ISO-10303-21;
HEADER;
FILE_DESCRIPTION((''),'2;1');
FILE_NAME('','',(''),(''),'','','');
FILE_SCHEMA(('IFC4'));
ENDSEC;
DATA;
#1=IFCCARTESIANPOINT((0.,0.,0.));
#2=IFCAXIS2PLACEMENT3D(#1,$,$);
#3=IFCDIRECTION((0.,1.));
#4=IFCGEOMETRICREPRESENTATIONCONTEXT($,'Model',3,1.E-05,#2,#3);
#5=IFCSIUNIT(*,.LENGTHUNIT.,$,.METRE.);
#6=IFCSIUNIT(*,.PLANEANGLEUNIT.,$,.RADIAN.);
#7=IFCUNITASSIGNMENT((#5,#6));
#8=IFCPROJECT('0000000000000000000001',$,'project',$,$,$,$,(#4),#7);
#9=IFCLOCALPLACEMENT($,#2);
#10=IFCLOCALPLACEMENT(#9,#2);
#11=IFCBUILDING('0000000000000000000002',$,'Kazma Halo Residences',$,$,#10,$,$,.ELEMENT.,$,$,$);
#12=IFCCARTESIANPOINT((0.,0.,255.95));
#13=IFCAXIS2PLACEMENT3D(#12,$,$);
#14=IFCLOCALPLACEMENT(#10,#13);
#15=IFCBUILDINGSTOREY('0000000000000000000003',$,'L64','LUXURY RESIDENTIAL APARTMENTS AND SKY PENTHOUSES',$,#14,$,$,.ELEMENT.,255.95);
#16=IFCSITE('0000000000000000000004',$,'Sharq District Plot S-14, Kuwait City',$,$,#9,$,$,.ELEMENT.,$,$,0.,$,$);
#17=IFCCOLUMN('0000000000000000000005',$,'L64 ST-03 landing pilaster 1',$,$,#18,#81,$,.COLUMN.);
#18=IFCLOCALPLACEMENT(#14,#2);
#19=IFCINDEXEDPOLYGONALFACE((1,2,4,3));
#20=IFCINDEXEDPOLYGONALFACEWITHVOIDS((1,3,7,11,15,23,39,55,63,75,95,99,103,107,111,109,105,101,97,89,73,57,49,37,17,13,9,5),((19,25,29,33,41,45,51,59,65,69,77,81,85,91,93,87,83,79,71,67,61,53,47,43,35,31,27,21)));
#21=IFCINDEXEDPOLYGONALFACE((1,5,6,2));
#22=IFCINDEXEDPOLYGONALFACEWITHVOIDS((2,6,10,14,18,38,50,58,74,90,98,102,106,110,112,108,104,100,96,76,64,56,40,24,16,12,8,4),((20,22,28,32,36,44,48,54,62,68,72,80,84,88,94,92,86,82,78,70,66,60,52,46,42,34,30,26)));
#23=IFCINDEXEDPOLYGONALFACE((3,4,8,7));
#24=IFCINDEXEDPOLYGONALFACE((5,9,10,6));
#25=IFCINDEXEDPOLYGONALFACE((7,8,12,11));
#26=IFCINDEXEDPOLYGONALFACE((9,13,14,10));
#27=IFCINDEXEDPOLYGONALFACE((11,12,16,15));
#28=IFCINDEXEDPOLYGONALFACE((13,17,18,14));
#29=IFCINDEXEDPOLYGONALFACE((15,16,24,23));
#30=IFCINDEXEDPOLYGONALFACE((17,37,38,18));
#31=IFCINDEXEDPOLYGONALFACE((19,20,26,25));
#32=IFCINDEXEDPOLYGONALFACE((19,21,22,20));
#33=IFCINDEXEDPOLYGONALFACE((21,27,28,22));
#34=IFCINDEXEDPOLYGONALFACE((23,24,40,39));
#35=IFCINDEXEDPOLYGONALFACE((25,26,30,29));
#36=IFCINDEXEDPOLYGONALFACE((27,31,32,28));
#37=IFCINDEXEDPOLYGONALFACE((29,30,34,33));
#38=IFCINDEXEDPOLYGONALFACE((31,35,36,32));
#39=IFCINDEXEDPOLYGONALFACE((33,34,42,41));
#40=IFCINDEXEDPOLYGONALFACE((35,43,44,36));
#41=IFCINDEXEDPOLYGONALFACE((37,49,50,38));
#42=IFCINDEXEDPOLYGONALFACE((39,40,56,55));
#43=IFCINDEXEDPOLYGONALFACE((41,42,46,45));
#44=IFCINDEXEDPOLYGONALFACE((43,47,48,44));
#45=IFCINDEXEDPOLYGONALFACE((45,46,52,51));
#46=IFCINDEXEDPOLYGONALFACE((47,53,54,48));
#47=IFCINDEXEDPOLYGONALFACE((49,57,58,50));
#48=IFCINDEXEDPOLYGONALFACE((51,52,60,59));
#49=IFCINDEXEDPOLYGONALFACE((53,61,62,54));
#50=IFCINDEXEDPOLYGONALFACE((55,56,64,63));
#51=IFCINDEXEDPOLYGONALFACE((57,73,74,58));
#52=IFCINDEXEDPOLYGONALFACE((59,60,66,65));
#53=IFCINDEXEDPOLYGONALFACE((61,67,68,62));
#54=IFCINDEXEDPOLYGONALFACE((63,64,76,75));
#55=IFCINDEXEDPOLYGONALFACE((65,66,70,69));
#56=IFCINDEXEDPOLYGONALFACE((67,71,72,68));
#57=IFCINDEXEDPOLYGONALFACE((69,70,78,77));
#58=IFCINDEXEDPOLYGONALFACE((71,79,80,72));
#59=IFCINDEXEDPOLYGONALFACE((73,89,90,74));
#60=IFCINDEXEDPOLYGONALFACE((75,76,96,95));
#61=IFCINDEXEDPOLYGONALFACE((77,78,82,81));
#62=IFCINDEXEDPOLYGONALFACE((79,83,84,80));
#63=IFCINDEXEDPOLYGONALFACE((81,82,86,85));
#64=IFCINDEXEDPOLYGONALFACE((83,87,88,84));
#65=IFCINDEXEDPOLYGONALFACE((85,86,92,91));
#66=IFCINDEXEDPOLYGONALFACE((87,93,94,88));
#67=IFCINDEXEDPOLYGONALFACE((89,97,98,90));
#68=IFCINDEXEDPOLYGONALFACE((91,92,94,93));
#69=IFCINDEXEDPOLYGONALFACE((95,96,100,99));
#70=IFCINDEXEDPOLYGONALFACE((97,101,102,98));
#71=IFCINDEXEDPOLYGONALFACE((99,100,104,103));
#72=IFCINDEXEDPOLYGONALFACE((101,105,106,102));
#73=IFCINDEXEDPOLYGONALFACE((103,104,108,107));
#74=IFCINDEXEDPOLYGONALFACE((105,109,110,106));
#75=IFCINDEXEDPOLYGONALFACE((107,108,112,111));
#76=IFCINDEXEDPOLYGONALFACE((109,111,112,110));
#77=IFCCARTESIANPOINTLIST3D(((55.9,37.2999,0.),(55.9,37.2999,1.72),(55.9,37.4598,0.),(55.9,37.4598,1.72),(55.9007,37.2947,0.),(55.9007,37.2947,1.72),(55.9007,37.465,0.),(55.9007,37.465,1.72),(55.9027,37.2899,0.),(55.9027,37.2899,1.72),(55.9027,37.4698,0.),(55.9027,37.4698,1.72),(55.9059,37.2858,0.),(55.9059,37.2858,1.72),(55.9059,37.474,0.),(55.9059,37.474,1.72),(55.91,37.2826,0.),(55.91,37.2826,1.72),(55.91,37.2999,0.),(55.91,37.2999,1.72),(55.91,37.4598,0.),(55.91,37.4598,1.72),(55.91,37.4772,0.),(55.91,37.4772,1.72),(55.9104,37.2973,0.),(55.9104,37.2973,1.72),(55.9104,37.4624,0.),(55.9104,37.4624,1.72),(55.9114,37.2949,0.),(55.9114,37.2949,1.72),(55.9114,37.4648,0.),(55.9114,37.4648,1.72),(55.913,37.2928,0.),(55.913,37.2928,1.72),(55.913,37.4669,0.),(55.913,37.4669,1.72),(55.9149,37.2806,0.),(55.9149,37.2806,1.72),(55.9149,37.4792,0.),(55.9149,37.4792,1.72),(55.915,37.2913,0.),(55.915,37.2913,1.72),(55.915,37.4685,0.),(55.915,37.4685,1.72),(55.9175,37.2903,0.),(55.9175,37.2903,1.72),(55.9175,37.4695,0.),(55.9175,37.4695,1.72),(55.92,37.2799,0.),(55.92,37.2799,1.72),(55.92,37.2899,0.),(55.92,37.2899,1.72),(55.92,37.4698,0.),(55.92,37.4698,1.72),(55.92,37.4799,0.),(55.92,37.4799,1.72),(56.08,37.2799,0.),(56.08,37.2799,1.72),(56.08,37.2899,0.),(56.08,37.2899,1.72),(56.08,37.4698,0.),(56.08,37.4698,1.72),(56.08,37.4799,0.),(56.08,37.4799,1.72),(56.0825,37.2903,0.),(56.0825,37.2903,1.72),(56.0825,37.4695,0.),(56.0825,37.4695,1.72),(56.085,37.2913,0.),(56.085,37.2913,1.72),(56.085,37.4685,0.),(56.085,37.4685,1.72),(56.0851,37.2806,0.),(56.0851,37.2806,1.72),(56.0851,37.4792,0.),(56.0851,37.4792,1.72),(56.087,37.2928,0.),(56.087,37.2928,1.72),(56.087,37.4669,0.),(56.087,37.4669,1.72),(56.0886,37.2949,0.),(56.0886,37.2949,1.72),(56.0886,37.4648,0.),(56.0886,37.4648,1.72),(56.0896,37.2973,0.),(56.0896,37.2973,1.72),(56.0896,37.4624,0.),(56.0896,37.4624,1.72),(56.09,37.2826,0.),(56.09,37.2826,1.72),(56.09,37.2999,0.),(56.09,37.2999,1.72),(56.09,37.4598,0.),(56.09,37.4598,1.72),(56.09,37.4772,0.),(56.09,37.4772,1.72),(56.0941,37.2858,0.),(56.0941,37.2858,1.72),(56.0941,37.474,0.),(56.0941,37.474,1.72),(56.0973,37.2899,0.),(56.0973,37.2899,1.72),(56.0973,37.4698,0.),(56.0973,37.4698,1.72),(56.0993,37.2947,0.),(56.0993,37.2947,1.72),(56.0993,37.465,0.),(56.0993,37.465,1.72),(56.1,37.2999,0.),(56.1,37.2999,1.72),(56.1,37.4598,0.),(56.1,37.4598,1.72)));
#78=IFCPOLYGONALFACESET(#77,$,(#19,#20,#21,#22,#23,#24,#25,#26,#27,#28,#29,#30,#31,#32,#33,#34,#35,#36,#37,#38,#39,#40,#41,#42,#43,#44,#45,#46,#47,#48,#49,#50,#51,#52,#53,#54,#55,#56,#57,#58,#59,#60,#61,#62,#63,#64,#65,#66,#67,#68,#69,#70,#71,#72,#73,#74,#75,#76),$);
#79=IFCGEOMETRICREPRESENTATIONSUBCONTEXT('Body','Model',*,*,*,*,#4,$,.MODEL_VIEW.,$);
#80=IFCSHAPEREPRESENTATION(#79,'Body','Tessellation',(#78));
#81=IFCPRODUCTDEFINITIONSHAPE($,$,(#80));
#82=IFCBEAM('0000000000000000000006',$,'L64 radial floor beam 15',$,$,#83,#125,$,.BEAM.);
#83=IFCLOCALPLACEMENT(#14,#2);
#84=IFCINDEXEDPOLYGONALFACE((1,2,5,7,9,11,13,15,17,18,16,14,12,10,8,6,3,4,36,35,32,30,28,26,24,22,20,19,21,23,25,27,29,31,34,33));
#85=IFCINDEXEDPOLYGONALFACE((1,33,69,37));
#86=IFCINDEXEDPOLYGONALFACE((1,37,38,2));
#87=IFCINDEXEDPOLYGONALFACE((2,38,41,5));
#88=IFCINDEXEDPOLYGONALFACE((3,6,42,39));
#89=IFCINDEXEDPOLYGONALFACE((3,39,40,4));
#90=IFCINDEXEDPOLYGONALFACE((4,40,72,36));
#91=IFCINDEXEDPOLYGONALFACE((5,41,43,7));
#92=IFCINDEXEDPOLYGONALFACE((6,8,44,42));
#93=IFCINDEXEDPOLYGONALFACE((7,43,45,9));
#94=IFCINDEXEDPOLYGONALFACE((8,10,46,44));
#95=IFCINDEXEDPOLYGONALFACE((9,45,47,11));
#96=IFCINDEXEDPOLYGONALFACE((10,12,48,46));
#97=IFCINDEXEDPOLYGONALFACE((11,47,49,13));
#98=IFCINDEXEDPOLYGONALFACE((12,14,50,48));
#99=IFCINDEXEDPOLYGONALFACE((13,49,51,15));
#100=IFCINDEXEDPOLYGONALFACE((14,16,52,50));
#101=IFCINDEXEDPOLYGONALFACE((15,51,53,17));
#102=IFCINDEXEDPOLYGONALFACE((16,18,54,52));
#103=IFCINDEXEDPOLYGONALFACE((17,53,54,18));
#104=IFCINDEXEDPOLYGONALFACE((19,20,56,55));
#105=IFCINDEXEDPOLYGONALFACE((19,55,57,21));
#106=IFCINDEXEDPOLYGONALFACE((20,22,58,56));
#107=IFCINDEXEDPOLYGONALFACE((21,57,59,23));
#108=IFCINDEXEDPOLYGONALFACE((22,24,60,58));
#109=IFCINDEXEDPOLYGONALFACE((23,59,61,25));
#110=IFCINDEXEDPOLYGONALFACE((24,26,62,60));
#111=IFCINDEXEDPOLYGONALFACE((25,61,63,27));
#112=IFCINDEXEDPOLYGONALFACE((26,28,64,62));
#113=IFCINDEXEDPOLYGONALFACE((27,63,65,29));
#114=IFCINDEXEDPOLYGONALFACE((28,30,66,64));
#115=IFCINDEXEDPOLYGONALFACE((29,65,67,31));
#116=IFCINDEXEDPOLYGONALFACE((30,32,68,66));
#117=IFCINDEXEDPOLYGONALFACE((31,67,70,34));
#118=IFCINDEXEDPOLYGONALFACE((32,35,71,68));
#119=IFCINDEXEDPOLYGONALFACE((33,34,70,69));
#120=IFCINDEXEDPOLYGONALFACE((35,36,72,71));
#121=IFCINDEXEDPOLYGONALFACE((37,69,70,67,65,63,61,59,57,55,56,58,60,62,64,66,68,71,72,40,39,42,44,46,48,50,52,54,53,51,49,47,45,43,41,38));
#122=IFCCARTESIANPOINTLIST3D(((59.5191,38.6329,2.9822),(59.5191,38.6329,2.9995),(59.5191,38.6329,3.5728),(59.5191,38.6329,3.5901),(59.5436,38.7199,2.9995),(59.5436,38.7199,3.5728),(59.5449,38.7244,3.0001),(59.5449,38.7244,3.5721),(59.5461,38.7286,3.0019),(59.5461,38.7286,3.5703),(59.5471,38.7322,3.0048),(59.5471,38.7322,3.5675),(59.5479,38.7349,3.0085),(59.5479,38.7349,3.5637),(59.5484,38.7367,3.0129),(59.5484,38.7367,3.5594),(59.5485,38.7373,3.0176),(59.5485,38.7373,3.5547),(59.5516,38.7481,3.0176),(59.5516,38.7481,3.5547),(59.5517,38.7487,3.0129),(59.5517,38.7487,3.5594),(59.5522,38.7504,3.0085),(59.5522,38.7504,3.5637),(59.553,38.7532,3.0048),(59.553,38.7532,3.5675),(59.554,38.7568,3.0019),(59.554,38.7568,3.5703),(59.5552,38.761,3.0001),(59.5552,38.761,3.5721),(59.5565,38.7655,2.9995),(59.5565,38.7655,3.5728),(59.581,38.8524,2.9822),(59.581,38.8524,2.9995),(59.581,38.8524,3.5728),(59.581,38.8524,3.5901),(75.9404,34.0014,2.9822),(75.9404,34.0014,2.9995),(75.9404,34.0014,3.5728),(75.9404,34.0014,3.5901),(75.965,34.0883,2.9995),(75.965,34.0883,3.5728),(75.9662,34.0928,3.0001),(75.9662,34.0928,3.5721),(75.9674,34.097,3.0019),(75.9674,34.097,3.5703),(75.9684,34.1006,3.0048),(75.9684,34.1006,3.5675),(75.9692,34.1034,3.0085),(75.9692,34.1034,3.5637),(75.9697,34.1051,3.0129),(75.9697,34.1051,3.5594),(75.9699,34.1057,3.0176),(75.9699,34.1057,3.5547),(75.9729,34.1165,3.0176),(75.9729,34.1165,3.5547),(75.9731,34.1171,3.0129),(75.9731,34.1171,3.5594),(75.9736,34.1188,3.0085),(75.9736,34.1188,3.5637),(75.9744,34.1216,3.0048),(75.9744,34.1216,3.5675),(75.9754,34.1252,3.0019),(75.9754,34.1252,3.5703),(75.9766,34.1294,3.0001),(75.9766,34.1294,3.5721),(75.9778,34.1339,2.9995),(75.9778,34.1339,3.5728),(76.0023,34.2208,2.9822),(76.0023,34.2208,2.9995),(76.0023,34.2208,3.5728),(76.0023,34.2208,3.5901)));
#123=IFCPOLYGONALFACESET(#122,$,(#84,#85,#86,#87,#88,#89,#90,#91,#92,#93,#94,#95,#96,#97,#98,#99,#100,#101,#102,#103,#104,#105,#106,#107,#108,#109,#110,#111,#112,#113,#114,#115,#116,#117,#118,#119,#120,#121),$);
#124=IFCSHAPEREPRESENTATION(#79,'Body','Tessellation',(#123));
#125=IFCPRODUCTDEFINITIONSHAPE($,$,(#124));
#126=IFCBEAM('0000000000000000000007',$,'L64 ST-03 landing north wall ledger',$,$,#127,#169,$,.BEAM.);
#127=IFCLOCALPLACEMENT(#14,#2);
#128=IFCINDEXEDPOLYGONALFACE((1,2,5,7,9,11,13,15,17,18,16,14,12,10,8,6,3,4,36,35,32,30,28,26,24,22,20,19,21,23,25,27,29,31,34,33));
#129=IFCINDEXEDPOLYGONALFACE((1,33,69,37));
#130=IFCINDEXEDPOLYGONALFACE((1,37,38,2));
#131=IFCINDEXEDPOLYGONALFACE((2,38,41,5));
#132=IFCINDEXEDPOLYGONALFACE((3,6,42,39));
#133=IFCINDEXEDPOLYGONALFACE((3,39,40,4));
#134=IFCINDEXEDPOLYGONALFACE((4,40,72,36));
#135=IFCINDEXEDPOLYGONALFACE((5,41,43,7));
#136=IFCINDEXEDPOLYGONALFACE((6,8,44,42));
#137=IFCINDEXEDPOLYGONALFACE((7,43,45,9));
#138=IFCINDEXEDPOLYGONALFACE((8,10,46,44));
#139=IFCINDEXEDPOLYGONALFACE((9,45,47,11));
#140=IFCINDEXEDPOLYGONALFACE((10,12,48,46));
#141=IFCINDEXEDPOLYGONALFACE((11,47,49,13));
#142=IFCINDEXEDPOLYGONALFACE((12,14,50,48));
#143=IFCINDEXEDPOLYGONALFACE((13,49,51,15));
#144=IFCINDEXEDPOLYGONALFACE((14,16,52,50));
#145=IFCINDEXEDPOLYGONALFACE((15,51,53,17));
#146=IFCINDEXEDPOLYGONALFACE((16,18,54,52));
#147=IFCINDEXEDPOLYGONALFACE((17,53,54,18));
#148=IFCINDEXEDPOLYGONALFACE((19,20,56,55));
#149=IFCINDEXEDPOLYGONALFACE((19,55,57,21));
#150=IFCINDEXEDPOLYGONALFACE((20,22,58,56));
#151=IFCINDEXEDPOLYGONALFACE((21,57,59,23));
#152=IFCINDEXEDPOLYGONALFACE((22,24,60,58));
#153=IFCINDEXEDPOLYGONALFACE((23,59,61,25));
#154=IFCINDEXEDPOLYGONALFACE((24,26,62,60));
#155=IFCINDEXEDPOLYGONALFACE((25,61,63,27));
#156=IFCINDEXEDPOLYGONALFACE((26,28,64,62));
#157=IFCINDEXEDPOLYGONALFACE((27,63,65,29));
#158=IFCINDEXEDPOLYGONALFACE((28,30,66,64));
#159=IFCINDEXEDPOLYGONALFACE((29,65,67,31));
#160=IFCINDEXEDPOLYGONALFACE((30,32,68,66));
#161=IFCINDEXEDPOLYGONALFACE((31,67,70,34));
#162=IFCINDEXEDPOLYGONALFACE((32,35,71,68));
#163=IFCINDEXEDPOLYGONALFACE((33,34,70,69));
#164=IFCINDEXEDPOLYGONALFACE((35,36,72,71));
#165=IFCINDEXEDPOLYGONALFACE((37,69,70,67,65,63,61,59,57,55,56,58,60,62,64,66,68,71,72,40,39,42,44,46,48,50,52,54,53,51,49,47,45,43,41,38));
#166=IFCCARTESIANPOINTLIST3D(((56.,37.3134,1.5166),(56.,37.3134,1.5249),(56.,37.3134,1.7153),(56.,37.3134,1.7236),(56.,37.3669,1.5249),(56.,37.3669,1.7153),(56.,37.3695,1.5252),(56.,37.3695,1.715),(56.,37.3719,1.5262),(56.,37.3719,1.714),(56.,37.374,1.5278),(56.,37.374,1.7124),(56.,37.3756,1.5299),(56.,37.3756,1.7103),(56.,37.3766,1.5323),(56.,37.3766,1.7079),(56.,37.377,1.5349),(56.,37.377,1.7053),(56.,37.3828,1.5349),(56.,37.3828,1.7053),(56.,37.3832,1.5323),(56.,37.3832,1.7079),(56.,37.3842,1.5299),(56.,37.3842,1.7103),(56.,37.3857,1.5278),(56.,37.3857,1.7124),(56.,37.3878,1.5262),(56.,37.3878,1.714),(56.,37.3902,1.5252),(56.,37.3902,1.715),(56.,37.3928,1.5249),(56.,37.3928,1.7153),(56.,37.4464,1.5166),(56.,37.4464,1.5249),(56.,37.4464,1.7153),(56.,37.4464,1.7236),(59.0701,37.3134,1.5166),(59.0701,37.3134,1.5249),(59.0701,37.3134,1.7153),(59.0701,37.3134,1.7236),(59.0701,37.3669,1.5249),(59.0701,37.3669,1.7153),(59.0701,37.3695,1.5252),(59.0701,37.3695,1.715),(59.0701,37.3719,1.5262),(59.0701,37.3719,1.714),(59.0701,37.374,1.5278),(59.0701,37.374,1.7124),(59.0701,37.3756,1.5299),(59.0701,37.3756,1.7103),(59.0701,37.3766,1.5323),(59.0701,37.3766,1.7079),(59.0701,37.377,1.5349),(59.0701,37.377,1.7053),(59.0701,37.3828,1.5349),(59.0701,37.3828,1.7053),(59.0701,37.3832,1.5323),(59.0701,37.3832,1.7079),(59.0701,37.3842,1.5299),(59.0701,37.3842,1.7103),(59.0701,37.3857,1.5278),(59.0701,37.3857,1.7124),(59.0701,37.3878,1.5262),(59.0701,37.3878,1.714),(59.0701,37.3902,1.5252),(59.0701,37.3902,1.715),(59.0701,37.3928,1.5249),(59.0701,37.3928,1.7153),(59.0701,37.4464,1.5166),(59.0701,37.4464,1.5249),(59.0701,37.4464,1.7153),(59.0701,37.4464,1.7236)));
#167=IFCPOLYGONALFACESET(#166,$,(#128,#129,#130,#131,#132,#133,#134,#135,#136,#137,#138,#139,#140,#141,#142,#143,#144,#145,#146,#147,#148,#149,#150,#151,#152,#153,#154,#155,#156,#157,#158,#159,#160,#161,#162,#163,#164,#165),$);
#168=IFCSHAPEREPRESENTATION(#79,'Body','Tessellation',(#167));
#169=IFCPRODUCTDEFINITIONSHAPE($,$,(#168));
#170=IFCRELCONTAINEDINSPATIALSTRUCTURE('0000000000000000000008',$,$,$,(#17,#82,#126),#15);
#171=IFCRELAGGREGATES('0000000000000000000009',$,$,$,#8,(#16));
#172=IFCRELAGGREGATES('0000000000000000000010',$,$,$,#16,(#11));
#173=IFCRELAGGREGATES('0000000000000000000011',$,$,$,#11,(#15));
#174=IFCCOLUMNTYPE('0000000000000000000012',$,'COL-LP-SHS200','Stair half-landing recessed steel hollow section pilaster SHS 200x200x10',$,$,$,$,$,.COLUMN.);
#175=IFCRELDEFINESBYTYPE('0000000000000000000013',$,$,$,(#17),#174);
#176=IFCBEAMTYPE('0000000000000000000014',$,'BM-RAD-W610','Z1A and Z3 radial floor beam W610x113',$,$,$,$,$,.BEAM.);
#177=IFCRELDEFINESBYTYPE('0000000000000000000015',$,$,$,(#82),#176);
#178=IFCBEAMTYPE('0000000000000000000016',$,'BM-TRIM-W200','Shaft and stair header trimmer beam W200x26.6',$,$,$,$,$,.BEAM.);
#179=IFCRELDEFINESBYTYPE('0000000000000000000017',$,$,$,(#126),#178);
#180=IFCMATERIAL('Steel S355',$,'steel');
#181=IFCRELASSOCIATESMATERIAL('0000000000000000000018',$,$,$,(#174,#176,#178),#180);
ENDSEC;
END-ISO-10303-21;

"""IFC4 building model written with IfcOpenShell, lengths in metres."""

from ifc_helpers import new_model, si_unit, direction, frame, origin, origin_2d, place, context, subcontext, project, spatial, hollow_rectangle, i_section, extrude, material, material_profile, profile_set, type_object, element, save


model = new_model("IFC4")

# Units and contexts
model_context = context("Model", 3, precision=1e-05, world=origin(), true_north=direction((0.0, 1.0)))
body_context = subcontext(model_context, "Body", "Model", "MODEL_VIEW")
ifc_project = project(units=[si_unit("LENGTHUNIT", "METRE"), si_unit("PLANEANGLEUNIT", "RADIAN")], contexts=[model_context])

# Site, building, storey
site_placement = place(None, origin())
site = spatial("IfcSite", under=ifc_project, at=site_placement, Name="Sharq District Plot S-14, Kuwait City", CompositionType="ELEMENT", RefElevation=0.0)
building_placement = place(site_placement, origin())
building = spatial("IfcBuilding", under=site, at=building_placement, Name="Kazma Halo Residences", CompositionType="ELEMENT")
storey_placement = place(building_placement, frame((0.0, 0.0, 255.95)))
storey = spatial("IfcBuildingStorey", under=building, at=storey_placement, Name="L64", Description="LUXURY RESIDENTIAL APARTMENTS AND SKY PENTHOUSES", CompositionType="ELEMENT", Elevation=255.95)

# Column
ifc_material_1 = material(Name="Steel S355", Category="steel")
ifc_material_profile_1 = material_profile(ifc_material_1, hollow_rectangle(XDim=0.2, YDim=0.2, WallThickness=0.01, InnerFilletRadius=0.01, OuterFilletRadius=0.02, at=origin_2d()), Name="SHS200x200x10")
ifc_profile_set_1 = profile_set([ifc_material_profile_1], Name="Steel S355")
column_type = type_object("IfcColumnType", Name="COL-LP-SHS200", Description="Stair half-landing recessed steel hollow section pilaster SHS 200x200x10", PredefinedType="COLUMN", material=ifc_profile_set_1)
column_placement = place(storey_placement, frame((56.0, 37.3799, 0.0), z_axis=(0.0, 0.0, 1.0), x_axis=(1.0, 0.0, 0.0)))
element("IfcColumn", 1, at=column_placement, inside=storey, type_object=column_type, Name="L64 ST-03 landing pilaster 1", PredefinedType="COLUMN", context=body_context, shape_type="SweptSolid", body=[
    extrude(hollow_rectangle(XDim=0.2, YDim=0.2, WallThickness=0.01, InnerFilletRadius=0.01, OuterFilletRadius=0.02, at=origin_2d()), origin(), (0.0, 0.0, 1.0), 1.72),
])

# Beams
ifc_material_profile_2 = material_profile(ifc_material_1, i_section(OverallWidth=0.228, OverallDepth=0.6079, WebThickness=0.0112, FlangeThickness=0.0173, FilletRadius=0.0181, at=origin_2d()), Name="W610x113")
ifc_profile_set_2 = profile_set([ifc_material_profile_2], Name="Steel S355")
beam_type_1 = type_object("IfcBeamType", Name="BM-RAD-W610", Description="Z1A and Z3 radial floor beam W610x113", PredefinedType="BEAM", material=ifc_profile_set_2)
beam_1_placement = place(storey_placement, frame((59.55, 38.7427, 3.2861), z_axis=(0.962451, -0.271456, 0.0), x_axis=(0.271456, 0.962451, 0.0)))
element("IfcBeam", 2, at=beam_1_placement, inside=storey, type_object=beam_type_1, Name="L64 radial floor beam 15", PredefinedType="BEAM", context=body_context, shape_type="SweptSolid", body=[
    extrude(i_section(OverallWidth=0.228, OverallDepth=0.6079, WebThickness=0.0112, FlangeThickness=0.0173, FilletRadius=0.0181, at=origin_2d()), origin(), (0.0, 0.0, 1.0), 17.062),
])
ifc_material_profile_3 = material_profile(ifc_material_1, i_section(OverallWidth=0.1331, OverallDepth=0.207, WebThickness=0.0059, FlangeThickness=0.0083, FilletRadius=0.01, at=origin_2d()), Name="W200x26.6")
ifc_profile_set_3 = profile_set([ifc_material_profile_3], Name="Steel S355")
beam_type_2 = type_object("IfcBeamType", Name="BM-TRIM-W200", Description="Shaft and stair header trimmer beam W200x26.6", PredefinedType="BEAM", material=ifc_profile_set_3)
beam_2_placement = place(storey_placement, frame((56.0, 37.3799, 1.6201), z_axis=(1.0, 0.0, 0.0), x_axis=(0.0, 1.0, 0.0)))
element("IfcBeam", 3, at=beam_2_placement, inside=storey, type_object=beam_type_2, Name="L64 ST-03 landing north wall ledger", PredefinedType="BEAM", context=body_context, shape_type="SweptSolid", body=[
    extrude(i_section(OverallWidth=0.1331, OverallDepth=0.207, WebThickness=0.0059, FlangeThickness=0.0083, FilletRadius=0.01, at=origin_2d()), origin(), (0.0, 0.0, 1.0), 3.0701),
])

save(model, "model.ifc")
